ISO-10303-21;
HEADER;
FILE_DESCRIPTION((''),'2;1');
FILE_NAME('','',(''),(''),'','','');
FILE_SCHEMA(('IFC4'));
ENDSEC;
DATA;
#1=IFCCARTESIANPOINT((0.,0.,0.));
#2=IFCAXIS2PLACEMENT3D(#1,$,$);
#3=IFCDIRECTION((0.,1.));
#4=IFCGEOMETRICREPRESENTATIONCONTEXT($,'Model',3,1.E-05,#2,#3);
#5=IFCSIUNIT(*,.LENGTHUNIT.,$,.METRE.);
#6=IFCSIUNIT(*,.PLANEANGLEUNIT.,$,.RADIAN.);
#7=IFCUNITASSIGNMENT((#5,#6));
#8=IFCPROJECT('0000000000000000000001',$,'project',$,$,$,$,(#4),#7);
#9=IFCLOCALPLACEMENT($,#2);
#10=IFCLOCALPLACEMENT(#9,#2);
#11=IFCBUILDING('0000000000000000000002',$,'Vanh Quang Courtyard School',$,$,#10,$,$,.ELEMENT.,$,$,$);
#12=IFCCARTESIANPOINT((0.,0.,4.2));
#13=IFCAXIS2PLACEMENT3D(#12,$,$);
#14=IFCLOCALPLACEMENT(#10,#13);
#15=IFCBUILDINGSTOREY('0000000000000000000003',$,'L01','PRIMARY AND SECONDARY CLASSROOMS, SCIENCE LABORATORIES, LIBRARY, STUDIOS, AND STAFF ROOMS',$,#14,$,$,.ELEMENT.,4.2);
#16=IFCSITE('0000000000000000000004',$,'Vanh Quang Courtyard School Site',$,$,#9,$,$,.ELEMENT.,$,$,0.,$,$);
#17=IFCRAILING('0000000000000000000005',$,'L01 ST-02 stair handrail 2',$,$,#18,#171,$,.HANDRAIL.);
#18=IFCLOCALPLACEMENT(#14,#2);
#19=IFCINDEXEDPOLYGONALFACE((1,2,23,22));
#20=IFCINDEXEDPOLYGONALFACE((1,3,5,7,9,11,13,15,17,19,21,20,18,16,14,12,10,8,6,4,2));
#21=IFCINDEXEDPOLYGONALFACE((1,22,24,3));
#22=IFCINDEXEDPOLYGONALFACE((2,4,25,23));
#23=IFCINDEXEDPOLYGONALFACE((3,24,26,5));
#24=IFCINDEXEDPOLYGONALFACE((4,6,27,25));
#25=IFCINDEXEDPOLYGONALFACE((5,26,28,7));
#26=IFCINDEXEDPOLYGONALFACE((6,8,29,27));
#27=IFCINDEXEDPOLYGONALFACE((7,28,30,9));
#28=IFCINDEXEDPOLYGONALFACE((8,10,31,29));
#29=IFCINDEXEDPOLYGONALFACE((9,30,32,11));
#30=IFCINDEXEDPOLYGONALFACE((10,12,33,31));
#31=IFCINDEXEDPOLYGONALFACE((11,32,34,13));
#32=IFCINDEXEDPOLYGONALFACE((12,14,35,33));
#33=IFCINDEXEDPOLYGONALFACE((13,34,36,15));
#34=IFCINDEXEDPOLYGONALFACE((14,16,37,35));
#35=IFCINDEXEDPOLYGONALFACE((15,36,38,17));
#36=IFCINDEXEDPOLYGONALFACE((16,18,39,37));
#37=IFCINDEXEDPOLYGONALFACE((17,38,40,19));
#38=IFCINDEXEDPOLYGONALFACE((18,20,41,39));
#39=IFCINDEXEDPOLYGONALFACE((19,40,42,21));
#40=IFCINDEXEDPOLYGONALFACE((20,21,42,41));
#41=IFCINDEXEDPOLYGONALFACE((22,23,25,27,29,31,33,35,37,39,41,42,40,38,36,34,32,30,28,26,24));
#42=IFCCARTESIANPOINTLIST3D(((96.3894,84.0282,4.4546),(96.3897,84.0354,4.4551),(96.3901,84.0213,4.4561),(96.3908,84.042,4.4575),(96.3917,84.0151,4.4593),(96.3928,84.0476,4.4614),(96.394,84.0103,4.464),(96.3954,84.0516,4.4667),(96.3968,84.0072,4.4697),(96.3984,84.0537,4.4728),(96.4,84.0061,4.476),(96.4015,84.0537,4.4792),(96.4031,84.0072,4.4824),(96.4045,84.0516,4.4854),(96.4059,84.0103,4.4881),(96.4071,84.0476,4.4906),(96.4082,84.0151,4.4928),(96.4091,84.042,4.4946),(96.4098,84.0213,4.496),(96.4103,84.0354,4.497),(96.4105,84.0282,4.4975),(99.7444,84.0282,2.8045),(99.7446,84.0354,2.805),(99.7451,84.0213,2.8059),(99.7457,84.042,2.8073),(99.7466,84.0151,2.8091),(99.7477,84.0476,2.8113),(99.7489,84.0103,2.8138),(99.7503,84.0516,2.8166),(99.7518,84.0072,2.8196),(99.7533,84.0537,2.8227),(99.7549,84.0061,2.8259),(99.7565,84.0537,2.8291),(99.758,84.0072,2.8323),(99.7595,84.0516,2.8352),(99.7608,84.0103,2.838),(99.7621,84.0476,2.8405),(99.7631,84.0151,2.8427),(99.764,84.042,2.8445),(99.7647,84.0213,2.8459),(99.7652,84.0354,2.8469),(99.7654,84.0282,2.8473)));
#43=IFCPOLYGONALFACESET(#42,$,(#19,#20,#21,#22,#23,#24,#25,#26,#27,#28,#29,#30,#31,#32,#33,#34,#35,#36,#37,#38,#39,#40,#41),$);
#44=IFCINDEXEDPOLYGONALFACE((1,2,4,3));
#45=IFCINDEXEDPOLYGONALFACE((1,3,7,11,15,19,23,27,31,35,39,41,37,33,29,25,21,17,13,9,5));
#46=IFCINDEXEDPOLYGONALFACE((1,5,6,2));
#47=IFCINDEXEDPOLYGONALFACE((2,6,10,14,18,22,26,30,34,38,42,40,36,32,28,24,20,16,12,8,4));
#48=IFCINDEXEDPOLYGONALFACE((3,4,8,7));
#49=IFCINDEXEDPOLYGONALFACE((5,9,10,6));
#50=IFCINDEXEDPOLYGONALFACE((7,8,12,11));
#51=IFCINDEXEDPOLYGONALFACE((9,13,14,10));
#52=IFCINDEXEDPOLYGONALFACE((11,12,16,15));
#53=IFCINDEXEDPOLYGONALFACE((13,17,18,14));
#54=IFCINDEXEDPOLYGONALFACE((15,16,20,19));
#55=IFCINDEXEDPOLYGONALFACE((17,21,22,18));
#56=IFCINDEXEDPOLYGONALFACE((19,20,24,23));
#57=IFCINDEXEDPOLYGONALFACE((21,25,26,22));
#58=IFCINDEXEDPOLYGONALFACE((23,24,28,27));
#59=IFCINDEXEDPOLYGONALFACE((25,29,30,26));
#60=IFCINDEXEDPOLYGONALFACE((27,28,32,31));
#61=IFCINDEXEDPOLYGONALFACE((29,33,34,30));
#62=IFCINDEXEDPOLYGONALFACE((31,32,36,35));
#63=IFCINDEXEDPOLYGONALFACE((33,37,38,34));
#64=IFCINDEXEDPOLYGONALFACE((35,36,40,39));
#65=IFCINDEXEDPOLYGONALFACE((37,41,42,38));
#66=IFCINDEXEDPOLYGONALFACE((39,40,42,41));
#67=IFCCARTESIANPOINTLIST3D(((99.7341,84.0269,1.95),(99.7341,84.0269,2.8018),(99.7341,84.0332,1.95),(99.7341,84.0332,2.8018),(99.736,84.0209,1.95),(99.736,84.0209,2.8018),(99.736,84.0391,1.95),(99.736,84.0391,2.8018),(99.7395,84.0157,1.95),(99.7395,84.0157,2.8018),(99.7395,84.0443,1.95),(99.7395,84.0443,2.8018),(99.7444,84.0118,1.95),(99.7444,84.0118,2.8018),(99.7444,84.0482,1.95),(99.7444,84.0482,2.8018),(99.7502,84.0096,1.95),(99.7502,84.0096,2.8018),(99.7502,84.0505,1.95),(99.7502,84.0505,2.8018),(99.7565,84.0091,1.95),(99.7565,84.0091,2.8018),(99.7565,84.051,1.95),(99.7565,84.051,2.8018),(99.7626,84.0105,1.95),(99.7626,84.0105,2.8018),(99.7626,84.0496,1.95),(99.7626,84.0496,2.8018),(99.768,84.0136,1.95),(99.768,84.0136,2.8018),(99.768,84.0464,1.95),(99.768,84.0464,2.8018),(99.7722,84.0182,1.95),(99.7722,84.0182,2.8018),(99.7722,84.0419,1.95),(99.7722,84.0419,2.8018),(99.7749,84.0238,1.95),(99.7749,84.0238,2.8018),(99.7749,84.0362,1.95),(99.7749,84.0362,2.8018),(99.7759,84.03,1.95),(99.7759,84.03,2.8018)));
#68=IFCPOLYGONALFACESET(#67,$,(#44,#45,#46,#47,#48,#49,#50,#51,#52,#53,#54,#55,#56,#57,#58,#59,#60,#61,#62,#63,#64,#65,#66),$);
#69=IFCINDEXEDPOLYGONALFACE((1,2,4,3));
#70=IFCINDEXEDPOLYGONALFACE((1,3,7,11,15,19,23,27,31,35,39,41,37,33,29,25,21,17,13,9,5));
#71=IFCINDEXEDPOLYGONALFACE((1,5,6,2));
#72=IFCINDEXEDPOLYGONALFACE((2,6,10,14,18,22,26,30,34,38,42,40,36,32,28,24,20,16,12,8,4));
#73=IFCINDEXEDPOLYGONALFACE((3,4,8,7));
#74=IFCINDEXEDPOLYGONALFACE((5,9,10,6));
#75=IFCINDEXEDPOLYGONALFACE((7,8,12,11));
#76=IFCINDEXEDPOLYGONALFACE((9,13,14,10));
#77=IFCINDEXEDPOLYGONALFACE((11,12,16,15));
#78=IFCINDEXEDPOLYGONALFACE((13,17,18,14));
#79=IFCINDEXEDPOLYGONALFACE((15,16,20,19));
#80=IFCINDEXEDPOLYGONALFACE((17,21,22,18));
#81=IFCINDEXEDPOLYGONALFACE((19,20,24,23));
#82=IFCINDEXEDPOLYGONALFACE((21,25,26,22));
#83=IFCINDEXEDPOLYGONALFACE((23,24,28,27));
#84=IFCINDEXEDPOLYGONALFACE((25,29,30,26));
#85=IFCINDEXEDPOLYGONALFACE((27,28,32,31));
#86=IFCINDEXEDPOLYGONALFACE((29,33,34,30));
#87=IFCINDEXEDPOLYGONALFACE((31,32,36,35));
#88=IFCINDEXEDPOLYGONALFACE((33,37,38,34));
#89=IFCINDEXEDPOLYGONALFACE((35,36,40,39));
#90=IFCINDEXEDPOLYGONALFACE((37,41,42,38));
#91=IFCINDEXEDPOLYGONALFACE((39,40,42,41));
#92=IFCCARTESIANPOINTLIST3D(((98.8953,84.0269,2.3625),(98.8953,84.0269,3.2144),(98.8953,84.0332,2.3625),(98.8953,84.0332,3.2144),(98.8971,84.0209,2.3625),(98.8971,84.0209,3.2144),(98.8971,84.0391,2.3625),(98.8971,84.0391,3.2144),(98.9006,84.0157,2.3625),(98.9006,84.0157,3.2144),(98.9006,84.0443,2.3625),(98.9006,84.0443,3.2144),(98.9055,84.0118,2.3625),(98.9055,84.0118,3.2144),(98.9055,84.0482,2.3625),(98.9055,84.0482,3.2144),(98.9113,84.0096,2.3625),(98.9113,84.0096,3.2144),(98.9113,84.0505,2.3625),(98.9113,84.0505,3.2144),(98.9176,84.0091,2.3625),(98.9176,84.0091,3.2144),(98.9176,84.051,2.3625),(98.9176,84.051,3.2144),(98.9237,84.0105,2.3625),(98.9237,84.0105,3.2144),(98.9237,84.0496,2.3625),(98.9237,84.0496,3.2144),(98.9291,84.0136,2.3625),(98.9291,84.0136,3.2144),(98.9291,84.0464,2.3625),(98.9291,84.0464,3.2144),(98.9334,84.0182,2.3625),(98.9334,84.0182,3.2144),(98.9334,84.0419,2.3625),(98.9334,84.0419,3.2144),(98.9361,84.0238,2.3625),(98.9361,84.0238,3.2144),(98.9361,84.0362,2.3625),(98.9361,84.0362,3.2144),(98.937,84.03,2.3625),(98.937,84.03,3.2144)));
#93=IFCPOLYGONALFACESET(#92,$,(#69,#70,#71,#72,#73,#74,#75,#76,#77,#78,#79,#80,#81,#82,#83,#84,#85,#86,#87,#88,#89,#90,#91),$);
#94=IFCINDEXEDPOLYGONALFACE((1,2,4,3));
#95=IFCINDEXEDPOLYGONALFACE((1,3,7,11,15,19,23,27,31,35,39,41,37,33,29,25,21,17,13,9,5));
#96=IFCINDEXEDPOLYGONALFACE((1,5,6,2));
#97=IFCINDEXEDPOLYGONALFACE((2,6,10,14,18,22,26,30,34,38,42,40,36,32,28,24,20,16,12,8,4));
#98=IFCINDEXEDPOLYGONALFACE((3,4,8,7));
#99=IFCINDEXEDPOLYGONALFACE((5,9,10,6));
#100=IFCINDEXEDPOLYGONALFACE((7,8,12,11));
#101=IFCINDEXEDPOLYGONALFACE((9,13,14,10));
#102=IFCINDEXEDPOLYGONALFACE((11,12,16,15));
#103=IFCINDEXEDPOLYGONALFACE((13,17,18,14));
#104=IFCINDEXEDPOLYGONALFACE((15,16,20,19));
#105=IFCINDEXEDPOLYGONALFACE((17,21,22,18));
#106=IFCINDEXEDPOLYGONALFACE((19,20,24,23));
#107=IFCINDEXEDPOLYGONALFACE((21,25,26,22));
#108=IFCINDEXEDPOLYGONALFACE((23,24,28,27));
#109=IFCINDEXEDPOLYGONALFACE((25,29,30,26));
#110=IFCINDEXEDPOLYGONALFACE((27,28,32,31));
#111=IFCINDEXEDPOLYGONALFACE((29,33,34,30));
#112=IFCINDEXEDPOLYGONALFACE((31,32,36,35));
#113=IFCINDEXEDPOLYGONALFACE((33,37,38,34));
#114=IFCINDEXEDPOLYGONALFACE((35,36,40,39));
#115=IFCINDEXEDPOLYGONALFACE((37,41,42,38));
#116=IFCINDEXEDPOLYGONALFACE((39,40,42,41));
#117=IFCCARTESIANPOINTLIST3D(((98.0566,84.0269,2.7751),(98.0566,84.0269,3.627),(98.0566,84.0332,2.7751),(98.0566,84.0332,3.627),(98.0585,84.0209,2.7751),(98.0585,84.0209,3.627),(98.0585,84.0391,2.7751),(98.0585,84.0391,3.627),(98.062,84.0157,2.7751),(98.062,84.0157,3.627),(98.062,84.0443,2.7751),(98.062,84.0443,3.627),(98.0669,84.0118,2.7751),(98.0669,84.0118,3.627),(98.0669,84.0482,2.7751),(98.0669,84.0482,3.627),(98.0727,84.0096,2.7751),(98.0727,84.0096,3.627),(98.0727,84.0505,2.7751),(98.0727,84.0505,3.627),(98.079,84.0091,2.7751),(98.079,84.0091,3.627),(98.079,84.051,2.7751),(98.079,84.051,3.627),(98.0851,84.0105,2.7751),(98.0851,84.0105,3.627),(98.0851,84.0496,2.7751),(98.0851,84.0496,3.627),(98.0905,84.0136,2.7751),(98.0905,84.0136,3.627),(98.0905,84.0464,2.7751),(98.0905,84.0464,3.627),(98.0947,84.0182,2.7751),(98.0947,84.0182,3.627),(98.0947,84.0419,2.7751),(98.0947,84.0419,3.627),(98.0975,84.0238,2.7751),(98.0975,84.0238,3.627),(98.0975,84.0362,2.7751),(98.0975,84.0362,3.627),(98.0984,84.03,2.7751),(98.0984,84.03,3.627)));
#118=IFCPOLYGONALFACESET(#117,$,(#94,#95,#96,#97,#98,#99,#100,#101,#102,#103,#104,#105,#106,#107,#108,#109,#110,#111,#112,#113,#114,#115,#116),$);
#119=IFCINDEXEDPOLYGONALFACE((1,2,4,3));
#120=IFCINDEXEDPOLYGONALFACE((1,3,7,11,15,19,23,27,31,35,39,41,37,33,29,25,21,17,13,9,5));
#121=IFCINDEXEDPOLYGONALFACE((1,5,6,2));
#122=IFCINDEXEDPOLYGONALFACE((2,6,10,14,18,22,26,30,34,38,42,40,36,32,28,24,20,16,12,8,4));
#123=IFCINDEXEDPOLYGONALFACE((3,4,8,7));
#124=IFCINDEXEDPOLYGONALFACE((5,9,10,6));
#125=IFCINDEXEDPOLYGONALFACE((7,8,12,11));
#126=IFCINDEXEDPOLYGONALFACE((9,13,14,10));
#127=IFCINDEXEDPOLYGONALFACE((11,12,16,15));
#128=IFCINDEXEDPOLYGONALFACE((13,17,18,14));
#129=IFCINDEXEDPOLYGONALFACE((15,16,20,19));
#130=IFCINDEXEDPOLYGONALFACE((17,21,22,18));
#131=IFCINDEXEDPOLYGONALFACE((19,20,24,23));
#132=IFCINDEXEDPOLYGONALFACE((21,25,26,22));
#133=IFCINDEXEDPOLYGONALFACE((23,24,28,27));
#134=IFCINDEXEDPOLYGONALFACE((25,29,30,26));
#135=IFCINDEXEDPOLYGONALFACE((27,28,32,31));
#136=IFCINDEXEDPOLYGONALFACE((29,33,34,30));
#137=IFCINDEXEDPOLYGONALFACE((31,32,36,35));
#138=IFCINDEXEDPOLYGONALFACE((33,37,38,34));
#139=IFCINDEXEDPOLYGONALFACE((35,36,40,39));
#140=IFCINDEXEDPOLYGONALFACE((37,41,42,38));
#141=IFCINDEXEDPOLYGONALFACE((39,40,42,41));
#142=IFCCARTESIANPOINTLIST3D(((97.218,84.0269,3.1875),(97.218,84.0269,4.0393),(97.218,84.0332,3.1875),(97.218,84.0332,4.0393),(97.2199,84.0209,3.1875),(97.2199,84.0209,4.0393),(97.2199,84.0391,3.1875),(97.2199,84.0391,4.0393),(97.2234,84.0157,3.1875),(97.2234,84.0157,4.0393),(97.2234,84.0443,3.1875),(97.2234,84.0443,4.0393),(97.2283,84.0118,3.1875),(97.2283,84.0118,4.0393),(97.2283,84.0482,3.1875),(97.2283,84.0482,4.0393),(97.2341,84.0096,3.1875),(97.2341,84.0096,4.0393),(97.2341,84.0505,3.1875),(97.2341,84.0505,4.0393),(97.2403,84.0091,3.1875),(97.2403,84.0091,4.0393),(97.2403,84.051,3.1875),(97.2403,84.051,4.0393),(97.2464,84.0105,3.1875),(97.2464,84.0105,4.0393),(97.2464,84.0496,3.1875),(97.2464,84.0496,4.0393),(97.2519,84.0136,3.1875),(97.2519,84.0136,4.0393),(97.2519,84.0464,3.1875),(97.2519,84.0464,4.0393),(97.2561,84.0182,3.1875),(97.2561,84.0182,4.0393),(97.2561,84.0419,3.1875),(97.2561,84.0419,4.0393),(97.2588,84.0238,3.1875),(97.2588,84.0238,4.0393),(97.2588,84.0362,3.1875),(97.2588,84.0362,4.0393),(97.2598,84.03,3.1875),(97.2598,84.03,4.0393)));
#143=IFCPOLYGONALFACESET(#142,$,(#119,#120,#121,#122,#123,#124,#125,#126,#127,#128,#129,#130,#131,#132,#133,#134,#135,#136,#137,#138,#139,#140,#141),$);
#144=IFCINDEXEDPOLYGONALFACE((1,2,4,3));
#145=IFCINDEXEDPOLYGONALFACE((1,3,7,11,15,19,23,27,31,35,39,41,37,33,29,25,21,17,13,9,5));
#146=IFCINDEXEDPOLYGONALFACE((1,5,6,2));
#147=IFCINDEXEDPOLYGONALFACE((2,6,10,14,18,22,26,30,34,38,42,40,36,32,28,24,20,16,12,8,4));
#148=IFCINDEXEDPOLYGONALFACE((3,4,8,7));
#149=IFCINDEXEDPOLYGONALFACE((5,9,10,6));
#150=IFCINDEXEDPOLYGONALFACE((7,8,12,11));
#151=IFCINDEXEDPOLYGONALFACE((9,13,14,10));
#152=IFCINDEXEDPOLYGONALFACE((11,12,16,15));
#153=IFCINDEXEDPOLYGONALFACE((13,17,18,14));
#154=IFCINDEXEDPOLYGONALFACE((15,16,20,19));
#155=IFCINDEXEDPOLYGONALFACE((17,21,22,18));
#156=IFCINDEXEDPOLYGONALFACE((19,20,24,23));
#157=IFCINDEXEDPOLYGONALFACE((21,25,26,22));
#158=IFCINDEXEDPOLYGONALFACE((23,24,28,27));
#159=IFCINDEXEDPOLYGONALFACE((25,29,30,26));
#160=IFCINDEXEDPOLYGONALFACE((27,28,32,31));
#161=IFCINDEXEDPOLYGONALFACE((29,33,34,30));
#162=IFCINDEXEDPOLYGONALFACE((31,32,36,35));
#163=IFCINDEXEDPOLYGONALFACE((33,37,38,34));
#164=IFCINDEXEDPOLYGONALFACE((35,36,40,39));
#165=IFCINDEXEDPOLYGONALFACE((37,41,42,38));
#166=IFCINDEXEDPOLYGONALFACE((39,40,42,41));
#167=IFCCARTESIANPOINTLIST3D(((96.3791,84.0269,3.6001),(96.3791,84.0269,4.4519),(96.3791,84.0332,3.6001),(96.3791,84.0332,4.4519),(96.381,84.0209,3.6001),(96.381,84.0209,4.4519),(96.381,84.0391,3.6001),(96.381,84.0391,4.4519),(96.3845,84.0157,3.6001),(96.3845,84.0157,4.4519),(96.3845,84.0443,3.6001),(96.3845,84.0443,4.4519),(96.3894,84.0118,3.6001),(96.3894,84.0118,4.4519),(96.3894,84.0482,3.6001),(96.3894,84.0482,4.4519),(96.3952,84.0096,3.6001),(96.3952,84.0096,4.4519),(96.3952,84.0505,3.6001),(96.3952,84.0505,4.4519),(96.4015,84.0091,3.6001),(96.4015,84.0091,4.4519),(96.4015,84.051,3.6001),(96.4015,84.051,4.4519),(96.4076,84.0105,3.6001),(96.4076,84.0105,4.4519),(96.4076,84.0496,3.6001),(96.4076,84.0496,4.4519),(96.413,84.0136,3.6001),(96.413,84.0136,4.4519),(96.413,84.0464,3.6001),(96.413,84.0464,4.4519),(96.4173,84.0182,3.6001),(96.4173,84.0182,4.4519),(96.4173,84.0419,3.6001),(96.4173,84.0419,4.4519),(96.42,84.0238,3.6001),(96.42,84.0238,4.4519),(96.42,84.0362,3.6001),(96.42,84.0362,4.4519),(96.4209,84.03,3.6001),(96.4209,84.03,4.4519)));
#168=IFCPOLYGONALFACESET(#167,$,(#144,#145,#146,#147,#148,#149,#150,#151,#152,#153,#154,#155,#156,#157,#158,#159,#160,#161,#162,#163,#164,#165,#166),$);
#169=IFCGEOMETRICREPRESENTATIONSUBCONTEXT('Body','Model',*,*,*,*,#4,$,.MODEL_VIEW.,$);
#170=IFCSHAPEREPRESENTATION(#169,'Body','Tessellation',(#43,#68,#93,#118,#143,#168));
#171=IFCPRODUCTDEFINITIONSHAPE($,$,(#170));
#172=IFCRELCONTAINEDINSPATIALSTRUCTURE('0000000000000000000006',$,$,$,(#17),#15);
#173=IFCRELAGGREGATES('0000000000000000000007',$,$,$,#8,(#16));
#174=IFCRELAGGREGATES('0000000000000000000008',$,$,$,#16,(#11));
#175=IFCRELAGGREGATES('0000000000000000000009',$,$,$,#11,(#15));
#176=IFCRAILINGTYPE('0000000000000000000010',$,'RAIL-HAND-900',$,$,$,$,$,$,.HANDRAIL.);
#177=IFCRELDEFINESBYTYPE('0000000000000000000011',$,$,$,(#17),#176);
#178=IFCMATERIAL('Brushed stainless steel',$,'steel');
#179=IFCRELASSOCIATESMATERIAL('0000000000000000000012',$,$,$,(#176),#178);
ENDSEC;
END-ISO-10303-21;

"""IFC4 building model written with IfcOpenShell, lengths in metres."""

from ifc_helpers import new_model, si_unit, direction, frame, origin, origin_2d, place, context, subcontext, project, spatial, circle, extrude, material, type_object, element, save


model = new_model("IFC4")

# Units and contexts
model_context = context("Model", 3, precision=1e-05, world=origin(), true_north=direction((0.0, 1.0)))
body_context = subcontext(model_context, "Body", "Model", "MODEL_VIEW")
ifc_project = project(units=[si_unit("LENGTHUNIT", "METRE"), si_unit("PLANEANGLEUNIT", "RADIAN")], contexts=[model_context])

# Site, building, storey
site_placement = place(None, origin())
site = spatial("IfcSite", under=ifc_project, at=site_placement, Name="Vanh Quang Courtyard School Site", CompositionType="ELEMENT", RefElevation=0.0)
building_placement = place(site_placement, origin())
building = spatial("IfcBuilding", under=site, at=building_placement, Name="Vanh Quang Courtyard School", CompositionType="ELEMENT")
storey_placement = place(building_placement, frame((0.0, 0.0, 4.2)))
storey = spatial("IfcBuildingStorey", under=building, at=storey_placement, Name="L01", Description="PRIMARY AND SECONDARY CLASSROOMS, SCIENCE LABORATORIES, LIBRARY, STUDIOS, AND STAFF ROOMS", CompositionType="ELEMENT", Elevation=4.2)

# Railing
ifc_material_1 = material(Name="Brushed stainless steel", Category="steel")
railing_type_1 = type_object("IfcRailingType", Name="RAIL-HAND-900", PredefinedType="HANDRAIL", material=ifc_material_1)
railing_1_placement = place(storey_placement, frame((99.7549, 84.03, 1.95)))
element("IfcRailing", 1, at=railing_1_placement, inside=storey, type_object=railing_type_1, Name="L01 ST-02 stair handrail 2", PredefinedType="HANDRAIL", context=body_context, shape_type="SweptSolid", body=[
    extrude(circle(Radius=0.0239, at=origin_2d()), frame((0.0, 0.0, 0.876), z_axis=(-0.897333, 0.0, 0.441353), x_axis=(0.0, -1.0, 0.0)), (0.0, 0.0, 1.0), 3.7388),
    extrude(circle(Radius=0.021, at=origin_2d()), origin(), (0.0, 0.0, 1.0), 0.8518),
    extrude(circle(Radius=0.021, at=origin_2d()), frame((-0.8389, 0.0, 0.4126)), (0.0, 0.0, 1.0), 0.8518),
    extrude(circle(Radius=0.021, at=origin_2d()), frame((-1.6775, 0.0, 0.8252)), (0.0, 0.0, 1.0), 0.8518),
    extrude(circle(Radius=0.021, at=origin_2d()), frame((-2.5161, 0.0, 1.2375)), (0.0, 0.0, 1.0), 0.8518),
    extrude(circle(Radius=0.021, at=origin_2d()), frame((-3.355, 0.0, 1.6501)), (0.0, 0.0, 1.0), 0.8518),
])

save(model, "model.ifc")
